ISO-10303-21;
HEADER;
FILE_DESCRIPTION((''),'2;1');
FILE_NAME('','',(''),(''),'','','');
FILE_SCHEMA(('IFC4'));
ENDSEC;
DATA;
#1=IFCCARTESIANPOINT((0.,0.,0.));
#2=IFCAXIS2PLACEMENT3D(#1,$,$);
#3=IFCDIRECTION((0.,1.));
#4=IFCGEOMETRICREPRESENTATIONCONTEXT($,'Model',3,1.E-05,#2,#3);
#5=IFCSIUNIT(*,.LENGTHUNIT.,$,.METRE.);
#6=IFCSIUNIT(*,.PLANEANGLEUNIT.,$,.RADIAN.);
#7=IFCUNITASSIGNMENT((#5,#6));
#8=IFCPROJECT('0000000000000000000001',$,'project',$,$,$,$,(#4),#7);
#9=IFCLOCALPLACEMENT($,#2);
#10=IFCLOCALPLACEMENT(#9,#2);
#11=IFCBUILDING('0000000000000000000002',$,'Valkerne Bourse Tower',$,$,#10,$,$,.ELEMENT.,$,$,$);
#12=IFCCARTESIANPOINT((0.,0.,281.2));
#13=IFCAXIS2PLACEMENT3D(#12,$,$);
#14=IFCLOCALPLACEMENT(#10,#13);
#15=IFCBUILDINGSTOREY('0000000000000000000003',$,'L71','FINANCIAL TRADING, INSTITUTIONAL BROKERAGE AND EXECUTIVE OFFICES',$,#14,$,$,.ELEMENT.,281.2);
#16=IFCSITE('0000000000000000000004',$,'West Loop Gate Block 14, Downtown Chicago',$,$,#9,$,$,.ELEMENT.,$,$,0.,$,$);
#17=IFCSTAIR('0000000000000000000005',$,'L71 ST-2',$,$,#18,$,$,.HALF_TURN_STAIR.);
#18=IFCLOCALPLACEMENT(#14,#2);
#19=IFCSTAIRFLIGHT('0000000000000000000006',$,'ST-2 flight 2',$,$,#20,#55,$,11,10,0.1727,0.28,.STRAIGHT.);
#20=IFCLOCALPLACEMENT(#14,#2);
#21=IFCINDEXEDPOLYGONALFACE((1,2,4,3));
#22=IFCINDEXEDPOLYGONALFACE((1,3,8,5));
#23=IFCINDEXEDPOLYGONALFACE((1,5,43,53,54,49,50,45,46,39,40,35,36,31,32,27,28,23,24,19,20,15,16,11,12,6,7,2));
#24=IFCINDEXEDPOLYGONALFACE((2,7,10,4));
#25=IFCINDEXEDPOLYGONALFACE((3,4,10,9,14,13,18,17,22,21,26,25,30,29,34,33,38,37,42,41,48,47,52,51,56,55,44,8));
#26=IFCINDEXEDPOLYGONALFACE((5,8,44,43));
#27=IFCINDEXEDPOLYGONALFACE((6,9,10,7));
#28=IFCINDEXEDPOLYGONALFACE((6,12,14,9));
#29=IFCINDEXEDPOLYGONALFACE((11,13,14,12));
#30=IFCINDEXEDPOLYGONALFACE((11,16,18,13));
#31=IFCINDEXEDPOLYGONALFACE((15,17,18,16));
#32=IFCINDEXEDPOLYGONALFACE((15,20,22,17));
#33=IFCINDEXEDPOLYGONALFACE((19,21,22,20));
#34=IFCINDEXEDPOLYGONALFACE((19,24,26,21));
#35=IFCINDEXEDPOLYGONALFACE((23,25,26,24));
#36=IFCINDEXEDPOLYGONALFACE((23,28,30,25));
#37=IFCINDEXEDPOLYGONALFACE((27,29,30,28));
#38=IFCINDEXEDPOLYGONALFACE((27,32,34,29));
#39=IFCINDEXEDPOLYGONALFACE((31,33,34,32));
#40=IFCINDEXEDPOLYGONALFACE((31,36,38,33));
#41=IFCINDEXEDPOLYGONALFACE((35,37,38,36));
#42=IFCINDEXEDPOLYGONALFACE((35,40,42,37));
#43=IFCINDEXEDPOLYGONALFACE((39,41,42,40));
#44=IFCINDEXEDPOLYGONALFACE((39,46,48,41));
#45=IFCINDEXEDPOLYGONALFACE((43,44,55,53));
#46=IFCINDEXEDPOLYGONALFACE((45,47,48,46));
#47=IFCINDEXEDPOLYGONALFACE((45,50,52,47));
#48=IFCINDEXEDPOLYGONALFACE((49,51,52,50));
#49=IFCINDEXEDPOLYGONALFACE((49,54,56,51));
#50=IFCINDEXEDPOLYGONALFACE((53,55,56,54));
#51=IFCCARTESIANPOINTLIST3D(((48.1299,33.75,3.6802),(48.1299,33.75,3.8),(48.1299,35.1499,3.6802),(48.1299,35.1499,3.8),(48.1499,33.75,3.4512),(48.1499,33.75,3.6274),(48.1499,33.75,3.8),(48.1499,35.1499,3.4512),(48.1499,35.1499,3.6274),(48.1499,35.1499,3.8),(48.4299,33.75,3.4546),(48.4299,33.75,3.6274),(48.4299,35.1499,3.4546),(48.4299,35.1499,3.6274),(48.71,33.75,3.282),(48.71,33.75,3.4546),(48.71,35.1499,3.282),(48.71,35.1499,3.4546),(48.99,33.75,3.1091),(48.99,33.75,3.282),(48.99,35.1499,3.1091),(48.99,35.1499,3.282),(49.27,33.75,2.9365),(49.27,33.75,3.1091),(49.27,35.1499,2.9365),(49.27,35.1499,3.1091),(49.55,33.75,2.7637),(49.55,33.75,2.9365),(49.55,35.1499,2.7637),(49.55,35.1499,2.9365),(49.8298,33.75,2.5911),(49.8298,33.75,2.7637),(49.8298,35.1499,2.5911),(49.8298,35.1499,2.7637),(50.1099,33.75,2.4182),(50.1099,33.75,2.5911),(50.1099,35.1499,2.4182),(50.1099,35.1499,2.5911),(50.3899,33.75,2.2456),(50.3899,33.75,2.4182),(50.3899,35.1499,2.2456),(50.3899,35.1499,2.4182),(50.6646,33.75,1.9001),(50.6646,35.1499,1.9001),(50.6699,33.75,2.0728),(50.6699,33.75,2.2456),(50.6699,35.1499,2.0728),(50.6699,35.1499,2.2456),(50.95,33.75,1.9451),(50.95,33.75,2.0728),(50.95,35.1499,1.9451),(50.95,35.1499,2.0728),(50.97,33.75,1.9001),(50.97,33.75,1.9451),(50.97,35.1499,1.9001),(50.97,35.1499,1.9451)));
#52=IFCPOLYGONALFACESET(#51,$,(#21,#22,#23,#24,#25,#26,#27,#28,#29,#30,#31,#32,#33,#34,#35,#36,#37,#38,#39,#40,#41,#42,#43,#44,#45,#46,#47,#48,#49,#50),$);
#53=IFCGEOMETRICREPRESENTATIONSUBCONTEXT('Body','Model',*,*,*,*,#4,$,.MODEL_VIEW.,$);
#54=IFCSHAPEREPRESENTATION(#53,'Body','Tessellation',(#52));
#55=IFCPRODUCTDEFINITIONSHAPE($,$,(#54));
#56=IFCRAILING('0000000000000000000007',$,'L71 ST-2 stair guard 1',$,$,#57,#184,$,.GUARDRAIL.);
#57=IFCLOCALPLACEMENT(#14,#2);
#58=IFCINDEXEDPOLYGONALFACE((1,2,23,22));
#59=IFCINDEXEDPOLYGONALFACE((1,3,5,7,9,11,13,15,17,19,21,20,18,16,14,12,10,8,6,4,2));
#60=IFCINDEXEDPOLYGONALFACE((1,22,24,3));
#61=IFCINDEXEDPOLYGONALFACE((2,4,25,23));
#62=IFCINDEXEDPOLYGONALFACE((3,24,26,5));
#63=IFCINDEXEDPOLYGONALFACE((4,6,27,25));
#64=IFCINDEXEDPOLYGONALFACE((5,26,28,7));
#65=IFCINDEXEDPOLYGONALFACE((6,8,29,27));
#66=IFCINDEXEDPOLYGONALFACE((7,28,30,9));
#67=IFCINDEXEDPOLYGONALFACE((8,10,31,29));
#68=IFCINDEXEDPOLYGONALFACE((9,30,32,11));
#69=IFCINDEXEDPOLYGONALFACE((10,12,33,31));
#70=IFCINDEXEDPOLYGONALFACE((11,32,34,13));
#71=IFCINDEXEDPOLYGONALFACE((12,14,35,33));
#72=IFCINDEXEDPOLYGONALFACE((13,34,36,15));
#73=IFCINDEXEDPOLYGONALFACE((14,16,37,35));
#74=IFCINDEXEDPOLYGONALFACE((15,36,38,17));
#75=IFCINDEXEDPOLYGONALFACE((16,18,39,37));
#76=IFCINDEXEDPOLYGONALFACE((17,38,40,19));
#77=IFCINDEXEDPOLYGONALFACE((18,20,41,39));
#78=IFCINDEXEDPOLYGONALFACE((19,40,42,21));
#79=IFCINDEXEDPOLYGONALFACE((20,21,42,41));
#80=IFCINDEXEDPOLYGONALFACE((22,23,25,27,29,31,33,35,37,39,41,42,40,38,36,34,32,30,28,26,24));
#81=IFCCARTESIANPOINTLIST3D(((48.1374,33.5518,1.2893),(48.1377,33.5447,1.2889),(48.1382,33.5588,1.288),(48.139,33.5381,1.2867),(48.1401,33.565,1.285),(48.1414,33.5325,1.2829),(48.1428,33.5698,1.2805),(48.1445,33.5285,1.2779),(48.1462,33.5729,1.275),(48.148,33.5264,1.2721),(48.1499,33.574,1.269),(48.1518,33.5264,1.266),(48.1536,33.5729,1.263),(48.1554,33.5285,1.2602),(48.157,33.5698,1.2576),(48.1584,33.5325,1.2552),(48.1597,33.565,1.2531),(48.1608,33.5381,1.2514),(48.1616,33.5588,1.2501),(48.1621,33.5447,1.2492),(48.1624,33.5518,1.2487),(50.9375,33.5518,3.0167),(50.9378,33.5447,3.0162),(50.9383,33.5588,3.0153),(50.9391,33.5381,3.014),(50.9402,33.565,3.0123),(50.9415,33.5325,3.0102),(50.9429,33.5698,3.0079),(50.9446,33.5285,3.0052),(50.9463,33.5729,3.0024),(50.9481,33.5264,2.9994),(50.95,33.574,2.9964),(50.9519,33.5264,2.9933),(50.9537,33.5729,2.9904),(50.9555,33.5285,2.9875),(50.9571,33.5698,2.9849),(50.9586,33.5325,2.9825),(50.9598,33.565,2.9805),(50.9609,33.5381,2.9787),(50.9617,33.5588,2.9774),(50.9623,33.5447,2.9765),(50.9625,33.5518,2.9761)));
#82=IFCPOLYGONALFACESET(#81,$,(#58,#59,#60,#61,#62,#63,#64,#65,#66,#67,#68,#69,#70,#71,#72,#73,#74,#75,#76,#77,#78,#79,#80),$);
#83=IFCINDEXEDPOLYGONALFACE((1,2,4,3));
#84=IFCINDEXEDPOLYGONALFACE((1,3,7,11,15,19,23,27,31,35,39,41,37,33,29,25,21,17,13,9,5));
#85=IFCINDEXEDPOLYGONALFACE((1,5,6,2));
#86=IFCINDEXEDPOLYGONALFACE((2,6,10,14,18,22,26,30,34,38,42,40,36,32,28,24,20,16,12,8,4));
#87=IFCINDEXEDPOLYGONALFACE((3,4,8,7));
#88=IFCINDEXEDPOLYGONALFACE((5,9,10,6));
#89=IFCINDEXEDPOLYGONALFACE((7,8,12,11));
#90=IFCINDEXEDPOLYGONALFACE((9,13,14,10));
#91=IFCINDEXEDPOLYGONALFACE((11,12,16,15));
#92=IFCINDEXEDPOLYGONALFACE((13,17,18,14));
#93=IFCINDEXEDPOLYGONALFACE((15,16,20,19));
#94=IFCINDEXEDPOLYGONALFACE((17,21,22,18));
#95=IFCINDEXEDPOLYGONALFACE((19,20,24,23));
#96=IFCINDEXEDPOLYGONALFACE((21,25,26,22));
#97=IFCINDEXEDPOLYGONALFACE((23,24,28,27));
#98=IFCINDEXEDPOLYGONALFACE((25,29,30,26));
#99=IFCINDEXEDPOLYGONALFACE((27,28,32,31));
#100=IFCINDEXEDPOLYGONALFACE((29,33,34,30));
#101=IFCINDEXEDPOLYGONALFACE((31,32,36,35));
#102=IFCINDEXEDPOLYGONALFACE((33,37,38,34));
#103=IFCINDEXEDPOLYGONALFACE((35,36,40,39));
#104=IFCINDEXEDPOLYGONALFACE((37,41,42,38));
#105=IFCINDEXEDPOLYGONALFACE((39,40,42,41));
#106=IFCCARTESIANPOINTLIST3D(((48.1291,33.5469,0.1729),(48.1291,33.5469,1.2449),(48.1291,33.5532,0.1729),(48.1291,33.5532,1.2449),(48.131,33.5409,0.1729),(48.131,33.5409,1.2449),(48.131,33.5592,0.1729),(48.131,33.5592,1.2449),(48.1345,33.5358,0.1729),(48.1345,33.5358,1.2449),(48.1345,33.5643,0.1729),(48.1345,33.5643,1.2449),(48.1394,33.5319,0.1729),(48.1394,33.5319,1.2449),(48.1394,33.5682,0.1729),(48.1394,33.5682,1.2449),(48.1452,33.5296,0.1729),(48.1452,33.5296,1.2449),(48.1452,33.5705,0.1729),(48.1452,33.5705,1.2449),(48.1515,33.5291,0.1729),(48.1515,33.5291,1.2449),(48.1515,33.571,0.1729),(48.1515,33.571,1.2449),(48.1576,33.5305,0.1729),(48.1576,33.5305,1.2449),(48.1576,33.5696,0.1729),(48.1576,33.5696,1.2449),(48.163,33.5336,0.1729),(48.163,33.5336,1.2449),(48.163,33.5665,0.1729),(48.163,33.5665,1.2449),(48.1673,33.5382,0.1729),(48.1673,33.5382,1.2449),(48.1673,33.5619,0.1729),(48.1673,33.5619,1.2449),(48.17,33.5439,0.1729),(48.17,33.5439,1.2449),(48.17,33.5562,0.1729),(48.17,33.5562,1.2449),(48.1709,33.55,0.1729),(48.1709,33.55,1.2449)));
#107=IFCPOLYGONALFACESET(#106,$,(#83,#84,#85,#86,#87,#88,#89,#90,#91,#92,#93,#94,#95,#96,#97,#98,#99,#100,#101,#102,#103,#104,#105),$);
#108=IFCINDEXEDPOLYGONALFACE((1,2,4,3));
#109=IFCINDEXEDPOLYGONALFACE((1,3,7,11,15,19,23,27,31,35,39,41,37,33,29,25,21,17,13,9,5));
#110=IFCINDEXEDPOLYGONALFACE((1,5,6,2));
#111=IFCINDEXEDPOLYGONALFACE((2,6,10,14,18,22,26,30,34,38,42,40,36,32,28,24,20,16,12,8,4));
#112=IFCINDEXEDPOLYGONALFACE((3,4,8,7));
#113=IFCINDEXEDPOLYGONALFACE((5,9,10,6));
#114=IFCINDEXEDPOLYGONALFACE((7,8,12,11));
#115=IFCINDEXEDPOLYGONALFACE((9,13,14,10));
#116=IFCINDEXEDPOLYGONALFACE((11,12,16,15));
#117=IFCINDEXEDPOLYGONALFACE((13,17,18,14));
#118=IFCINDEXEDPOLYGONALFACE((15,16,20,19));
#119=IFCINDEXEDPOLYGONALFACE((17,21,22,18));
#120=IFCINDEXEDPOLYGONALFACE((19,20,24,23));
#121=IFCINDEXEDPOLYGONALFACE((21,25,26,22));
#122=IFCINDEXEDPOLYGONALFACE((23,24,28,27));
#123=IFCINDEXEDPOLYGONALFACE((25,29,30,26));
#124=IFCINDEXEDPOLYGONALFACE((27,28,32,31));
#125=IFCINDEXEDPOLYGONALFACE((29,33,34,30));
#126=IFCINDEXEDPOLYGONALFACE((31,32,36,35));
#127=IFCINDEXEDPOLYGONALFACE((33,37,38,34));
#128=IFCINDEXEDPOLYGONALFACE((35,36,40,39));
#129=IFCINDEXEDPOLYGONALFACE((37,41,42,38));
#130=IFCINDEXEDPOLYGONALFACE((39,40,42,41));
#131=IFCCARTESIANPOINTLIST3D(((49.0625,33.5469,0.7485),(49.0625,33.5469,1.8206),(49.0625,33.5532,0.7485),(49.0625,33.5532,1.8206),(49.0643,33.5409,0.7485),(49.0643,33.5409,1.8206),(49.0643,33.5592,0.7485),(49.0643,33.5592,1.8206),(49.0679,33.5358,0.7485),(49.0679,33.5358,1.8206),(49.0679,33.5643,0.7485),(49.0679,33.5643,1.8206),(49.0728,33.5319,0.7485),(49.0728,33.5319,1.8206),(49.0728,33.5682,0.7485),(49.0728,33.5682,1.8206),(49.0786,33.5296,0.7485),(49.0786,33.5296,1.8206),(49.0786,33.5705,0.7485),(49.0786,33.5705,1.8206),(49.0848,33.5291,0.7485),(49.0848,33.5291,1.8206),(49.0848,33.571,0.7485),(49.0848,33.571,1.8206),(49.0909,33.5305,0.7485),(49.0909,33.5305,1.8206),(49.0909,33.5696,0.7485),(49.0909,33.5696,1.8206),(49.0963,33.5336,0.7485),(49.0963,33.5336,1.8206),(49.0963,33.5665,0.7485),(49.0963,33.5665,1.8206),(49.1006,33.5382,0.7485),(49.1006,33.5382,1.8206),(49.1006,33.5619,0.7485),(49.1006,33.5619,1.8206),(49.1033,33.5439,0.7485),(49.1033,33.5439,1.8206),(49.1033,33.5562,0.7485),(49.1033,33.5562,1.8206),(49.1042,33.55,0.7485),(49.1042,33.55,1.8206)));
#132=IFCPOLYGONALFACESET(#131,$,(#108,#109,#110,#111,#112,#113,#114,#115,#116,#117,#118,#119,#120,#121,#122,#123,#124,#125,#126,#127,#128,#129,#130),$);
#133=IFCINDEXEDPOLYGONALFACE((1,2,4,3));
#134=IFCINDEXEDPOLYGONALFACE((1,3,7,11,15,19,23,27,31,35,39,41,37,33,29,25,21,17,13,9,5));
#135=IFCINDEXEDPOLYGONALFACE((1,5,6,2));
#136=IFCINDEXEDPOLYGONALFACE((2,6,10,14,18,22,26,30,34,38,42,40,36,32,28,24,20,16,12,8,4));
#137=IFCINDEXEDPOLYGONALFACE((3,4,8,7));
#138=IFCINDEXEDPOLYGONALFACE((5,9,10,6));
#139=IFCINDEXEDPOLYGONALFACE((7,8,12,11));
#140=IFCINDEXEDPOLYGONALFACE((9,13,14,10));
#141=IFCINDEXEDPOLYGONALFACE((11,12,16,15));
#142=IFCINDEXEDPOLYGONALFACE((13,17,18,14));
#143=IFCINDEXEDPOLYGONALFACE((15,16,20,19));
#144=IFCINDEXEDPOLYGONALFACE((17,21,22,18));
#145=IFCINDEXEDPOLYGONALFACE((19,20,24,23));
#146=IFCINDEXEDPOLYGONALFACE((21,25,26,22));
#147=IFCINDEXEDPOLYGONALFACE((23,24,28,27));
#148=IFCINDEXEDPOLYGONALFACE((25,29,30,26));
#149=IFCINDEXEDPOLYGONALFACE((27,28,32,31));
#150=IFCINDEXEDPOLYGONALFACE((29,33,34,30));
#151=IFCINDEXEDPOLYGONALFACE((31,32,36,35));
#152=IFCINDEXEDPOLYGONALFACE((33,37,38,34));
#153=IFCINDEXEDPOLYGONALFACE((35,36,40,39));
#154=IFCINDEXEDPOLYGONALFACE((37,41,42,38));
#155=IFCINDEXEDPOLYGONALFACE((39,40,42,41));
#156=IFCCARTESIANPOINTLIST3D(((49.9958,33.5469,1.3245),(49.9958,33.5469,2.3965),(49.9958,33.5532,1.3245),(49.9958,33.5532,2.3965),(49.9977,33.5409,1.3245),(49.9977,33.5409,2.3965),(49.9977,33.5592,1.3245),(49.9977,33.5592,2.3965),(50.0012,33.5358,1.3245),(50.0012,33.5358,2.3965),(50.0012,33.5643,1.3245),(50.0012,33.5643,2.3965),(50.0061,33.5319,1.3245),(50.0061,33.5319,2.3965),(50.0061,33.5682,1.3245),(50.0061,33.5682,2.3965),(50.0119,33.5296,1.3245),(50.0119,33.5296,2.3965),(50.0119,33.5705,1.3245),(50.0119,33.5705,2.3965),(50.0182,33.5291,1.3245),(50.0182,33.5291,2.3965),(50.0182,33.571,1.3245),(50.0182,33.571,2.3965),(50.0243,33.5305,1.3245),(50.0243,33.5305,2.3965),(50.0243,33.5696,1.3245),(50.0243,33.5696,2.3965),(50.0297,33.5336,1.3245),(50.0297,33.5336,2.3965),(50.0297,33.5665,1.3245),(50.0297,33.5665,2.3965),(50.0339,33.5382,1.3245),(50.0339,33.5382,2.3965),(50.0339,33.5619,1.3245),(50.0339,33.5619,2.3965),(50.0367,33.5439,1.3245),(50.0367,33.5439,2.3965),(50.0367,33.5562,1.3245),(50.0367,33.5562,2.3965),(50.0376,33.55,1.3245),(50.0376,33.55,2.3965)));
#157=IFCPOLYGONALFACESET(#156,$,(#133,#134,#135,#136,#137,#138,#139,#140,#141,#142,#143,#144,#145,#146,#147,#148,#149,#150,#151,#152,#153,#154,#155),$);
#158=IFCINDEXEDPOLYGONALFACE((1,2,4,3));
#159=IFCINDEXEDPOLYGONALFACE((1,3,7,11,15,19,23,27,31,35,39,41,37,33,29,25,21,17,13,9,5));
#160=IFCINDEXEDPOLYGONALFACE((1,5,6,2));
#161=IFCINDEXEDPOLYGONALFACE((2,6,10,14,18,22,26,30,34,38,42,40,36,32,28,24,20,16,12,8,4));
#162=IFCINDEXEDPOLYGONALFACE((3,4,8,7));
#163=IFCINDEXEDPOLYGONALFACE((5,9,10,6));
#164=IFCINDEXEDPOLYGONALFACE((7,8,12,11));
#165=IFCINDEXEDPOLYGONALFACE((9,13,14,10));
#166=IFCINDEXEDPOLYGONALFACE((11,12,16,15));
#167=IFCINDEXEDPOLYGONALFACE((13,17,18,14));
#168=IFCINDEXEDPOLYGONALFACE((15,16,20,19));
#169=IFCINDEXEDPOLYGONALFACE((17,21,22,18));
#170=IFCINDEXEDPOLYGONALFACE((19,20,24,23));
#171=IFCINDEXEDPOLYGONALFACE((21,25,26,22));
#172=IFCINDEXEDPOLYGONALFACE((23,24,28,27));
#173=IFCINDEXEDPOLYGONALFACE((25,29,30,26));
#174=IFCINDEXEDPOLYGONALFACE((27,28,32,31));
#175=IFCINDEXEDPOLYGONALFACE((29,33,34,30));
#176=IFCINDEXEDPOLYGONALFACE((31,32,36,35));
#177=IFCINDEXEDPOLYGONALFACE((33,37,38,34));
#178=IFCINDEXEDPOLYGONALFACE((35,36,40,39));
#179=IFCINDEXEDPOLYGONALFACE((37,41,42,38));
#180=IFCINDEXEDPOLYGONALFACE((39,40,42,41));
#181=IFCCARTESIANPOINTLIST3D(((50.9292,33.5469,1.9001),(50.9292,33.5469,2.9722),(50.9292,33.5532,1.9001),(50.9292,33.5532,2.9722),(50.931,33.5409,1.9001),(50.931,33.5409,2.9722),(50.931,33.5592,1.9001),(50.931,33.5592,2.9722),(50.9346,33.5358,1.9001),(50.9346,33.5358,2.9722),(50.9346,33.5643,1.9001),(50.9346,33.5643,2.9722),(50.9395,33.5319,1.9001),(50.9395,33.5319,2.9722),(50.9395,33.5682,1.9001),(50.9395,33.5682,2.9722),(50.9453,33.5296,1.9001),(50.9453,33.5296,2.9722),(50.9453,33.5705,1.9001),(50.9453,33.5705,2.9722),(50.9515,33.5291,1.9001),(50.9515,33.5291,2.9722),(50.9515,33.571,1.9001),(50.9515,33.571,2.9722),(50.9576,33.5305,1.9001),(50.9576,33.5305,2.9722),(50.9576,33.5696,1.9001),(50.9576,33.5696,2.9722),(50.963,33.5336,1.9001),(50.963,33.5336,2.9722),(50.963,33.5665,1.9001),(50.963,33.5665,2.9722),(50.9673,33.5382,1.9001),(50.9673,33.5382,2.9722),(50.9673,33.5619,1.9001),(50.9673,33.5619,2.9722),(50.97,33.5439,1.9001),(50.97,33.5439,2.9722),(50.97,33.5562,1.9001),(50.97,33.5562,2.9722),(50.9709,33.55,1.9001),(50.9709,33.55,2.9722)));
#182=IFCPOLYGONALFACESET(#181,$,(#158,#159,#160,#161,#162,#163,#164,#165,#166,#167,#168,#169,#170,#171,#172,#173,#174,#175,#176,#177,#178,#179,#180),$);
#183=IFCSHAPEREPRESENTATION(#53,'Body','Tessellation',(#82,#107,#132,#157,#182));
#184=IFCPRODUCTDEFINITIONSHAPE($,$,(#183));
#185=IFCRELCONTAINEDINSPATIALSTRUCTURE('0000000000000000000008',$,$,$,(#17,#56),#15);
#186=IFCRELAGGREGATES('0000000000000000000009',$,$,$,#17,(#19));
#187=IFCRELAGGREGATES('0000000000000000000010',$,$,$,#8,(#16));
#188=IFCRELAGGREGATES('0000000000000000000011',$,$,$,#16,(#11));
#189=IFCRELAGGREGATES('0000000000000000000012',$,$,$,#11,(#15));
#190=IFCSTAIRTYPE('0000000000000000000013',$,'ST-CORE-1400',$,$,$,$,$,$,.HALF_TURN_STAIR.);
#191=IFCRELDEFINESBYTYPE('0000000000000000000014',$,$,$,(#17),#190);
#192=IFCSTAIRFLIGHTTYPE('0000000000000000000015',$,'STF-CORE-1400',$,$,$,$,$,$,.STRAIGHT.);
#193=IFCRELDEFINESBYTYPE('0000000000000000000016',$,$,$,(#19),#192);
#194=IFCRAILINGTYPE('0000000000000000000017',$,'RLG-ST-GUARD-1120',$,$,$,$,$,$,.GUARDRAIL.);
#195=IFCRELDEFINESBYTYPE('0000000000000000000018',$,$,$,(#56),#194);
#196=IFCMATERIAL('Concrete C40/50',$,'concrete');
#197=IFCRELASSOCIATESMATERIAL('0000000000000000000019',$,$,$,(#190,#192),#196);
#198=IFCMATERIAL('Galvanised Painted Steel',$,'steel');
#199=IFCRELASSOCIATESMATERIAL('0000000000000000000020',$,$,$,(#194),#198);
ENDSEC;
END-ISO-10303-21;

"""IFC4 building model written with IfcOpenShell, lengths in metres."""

from ifc_helpers import new_model, si_unit, direction, frame, origin, origin_2d, place, context, subcontext, project, spatial, polyline, circle, outline, extrude, material, type_object, element, aggregate, save


model = new_model("IFC4")

# Units and contexts
model_context = context("Model", 3, precision=1e-05, world=origin(), true_north=direction((0.0, 1.0)))
body_context = subcontext(model_context, "Body", "Model", "MODEL_VIEW")
ifc_project = project(units=[si_unit("LENGTHUNIT", "METRE"), si_unit("PLANEANGLEUNIT", "RADIAN")], contexts=[model_context])

# Site, building, storey
site_placement = place(None, origin())
site = spatial("IfcSite", under=ifc_project, at=site_placement, Name="West Loop Gate Block 14, Downtown Chicago", CompositionType="ELEMENT", RefElevation=0.0)
building_placement = place(site_placement, origin())
building = spatial("IfcBuilding", under=site, at=building_placement, Name="Valkerne Bourse Tower", CompositionType="ELEMENT")
storey_placement = place(building_placement, frame((0.0, 0.0, 281.2)))
storey = spatial("IfcBuildingStorey", under=building, at=storey_placement, Name="L71", Description="FINANCIAL TRADING, INSTITUTIONAL BROKERAGE AND EXECUTIVE OFFICES", CompositionType="ELEMENT", Elevation=281.2)

# Shared definitions
ifc_material_1 = material(Name="Galvanised Painted Steel", Category="steel")

# Shared definitions
ifc_material_2 = material(Name="Concrete C40/50", Category="concrete")

# Stair, stair flight
stair_type = type_object("IfcStairType", Name="ST-CORE-1400", PredefinedType="HALF_TURN_STAIR", material=ifc_material_2)
stair_placement = place(storey_placement, origin())
stair = element("IfcStair", 1, at=stair_placement, inside=storey, type_object=stair_type, Name="L71 ST-2", PredefinedType="HALF_TURN_STAIR")
stair_flight_type = type_object("IfcStairFlightType", Name="STF-CORE-1400", PredefinedType="STRAIGHT", material=ifc_material_2)
stair_flight_1_placement = place(storey_placement, frame((50.95, 34.45, 1.9001), z_axis=(0.0, 0.0, 1.0), x_axis=(-1.0, 0.0, 0.0)))
stair_flight_1 = element("IfcStairFlight", 2, at=stair_flight_1_placement, type_object=stair_flight_type, Name="ST-2 flight 2", NumberOfRisers=11, NumberOfTreads=10, PredefinedType="STRAIGHT", RiserHeight=0.1727, TreadLength=0.28, context=body_context, shape_type="SweptSolid", body=[
    extrude(outline(polyline([(-0.02, 0.0), (-0.02, 0.0449), (0.0, 0.0449), (0.0, 0.1726), (0.28, 0.1726), (0.28, 0.3455), (0.5601, 0.3455), (0.5601, 0.5181), (0.8401, 0.5181), (0.8401, 0.6909), (1.1201, 0.6909), (1.1201, 0.8635), (1.3999, 0.8635), (1.3999, 1.0364), (1.6799, 1.0364), (1.6799, 1.209), (1.96, 1.209), (1.96, 1.3818), (2.24, 1.3818), (2.24, 1.5544), (2.52, 1.5544), (2.52, 1.7273), (2.8, 1.7273), (2.8, 1.8999), (2.8201, 1.8999), (2.8201, 1.78), (2.8, 1.551), (0.2854, 0.0), (-0.02, 0.0)])), frame((0.0, 0.7, 0.0), z_axis=(0.0, -1.0, 0.0), x_axis=(1.0, 0.0, 0.0)), (0.0, 0.0, 1.0), 1.3999),
])
aggregate(stair, [stair_flight_1])

# Railing
railing_type_1 = type_object("IfcRailingType", Name="RLG-ST-GUARD-1120", PredefinedType="GUARDRAIL", material=ifc_material_1)
railing_1_placement = place(storey_placement, frame((48.1499, 33.55, 0.1729)))
element("IfcRailing", 3, at=railing_1_placement, inside=storey, type_object=railing_type_1, Name="L71 ST-2 stair guard 1", PredefinedType="GUARDRAIL", context=body_context, shape_type="SweptSolid", body=[
    extrude(circle(Radius=0.0239, at=origin_2d()), frame((0.0, 0.0, 1.0962), z_axis=(0.85109, 0.0, 0.52502), x_axis=(0.0, 1.0, 0.0)), (0.0, 0.0, 1.0), 3.29),
    extrude(circle(Radius=0.021, at=origin_2d()), origin(), (0.0, 0.0, 1.0), 1.072),
    extrude(circle(Radius=0.021, at=origin_2d()), frame((0.9333, 0.0, 0.5757)), (0.0, 0.0, 1.0), 1.072),
    extrude(circle(Radius=0.021, at=origin_2d()), frame((1.8667, 0.0, 1.1516)), (0.0, 0.0, 1.0), 1.072),
    extrude(circle(Radius=0.021, at=origin_2d()), frame((2.8, 0.0, 1.7273)), (0.0, 0.0, 1.0), 1.072),
])

save(model, "model.ifc")
